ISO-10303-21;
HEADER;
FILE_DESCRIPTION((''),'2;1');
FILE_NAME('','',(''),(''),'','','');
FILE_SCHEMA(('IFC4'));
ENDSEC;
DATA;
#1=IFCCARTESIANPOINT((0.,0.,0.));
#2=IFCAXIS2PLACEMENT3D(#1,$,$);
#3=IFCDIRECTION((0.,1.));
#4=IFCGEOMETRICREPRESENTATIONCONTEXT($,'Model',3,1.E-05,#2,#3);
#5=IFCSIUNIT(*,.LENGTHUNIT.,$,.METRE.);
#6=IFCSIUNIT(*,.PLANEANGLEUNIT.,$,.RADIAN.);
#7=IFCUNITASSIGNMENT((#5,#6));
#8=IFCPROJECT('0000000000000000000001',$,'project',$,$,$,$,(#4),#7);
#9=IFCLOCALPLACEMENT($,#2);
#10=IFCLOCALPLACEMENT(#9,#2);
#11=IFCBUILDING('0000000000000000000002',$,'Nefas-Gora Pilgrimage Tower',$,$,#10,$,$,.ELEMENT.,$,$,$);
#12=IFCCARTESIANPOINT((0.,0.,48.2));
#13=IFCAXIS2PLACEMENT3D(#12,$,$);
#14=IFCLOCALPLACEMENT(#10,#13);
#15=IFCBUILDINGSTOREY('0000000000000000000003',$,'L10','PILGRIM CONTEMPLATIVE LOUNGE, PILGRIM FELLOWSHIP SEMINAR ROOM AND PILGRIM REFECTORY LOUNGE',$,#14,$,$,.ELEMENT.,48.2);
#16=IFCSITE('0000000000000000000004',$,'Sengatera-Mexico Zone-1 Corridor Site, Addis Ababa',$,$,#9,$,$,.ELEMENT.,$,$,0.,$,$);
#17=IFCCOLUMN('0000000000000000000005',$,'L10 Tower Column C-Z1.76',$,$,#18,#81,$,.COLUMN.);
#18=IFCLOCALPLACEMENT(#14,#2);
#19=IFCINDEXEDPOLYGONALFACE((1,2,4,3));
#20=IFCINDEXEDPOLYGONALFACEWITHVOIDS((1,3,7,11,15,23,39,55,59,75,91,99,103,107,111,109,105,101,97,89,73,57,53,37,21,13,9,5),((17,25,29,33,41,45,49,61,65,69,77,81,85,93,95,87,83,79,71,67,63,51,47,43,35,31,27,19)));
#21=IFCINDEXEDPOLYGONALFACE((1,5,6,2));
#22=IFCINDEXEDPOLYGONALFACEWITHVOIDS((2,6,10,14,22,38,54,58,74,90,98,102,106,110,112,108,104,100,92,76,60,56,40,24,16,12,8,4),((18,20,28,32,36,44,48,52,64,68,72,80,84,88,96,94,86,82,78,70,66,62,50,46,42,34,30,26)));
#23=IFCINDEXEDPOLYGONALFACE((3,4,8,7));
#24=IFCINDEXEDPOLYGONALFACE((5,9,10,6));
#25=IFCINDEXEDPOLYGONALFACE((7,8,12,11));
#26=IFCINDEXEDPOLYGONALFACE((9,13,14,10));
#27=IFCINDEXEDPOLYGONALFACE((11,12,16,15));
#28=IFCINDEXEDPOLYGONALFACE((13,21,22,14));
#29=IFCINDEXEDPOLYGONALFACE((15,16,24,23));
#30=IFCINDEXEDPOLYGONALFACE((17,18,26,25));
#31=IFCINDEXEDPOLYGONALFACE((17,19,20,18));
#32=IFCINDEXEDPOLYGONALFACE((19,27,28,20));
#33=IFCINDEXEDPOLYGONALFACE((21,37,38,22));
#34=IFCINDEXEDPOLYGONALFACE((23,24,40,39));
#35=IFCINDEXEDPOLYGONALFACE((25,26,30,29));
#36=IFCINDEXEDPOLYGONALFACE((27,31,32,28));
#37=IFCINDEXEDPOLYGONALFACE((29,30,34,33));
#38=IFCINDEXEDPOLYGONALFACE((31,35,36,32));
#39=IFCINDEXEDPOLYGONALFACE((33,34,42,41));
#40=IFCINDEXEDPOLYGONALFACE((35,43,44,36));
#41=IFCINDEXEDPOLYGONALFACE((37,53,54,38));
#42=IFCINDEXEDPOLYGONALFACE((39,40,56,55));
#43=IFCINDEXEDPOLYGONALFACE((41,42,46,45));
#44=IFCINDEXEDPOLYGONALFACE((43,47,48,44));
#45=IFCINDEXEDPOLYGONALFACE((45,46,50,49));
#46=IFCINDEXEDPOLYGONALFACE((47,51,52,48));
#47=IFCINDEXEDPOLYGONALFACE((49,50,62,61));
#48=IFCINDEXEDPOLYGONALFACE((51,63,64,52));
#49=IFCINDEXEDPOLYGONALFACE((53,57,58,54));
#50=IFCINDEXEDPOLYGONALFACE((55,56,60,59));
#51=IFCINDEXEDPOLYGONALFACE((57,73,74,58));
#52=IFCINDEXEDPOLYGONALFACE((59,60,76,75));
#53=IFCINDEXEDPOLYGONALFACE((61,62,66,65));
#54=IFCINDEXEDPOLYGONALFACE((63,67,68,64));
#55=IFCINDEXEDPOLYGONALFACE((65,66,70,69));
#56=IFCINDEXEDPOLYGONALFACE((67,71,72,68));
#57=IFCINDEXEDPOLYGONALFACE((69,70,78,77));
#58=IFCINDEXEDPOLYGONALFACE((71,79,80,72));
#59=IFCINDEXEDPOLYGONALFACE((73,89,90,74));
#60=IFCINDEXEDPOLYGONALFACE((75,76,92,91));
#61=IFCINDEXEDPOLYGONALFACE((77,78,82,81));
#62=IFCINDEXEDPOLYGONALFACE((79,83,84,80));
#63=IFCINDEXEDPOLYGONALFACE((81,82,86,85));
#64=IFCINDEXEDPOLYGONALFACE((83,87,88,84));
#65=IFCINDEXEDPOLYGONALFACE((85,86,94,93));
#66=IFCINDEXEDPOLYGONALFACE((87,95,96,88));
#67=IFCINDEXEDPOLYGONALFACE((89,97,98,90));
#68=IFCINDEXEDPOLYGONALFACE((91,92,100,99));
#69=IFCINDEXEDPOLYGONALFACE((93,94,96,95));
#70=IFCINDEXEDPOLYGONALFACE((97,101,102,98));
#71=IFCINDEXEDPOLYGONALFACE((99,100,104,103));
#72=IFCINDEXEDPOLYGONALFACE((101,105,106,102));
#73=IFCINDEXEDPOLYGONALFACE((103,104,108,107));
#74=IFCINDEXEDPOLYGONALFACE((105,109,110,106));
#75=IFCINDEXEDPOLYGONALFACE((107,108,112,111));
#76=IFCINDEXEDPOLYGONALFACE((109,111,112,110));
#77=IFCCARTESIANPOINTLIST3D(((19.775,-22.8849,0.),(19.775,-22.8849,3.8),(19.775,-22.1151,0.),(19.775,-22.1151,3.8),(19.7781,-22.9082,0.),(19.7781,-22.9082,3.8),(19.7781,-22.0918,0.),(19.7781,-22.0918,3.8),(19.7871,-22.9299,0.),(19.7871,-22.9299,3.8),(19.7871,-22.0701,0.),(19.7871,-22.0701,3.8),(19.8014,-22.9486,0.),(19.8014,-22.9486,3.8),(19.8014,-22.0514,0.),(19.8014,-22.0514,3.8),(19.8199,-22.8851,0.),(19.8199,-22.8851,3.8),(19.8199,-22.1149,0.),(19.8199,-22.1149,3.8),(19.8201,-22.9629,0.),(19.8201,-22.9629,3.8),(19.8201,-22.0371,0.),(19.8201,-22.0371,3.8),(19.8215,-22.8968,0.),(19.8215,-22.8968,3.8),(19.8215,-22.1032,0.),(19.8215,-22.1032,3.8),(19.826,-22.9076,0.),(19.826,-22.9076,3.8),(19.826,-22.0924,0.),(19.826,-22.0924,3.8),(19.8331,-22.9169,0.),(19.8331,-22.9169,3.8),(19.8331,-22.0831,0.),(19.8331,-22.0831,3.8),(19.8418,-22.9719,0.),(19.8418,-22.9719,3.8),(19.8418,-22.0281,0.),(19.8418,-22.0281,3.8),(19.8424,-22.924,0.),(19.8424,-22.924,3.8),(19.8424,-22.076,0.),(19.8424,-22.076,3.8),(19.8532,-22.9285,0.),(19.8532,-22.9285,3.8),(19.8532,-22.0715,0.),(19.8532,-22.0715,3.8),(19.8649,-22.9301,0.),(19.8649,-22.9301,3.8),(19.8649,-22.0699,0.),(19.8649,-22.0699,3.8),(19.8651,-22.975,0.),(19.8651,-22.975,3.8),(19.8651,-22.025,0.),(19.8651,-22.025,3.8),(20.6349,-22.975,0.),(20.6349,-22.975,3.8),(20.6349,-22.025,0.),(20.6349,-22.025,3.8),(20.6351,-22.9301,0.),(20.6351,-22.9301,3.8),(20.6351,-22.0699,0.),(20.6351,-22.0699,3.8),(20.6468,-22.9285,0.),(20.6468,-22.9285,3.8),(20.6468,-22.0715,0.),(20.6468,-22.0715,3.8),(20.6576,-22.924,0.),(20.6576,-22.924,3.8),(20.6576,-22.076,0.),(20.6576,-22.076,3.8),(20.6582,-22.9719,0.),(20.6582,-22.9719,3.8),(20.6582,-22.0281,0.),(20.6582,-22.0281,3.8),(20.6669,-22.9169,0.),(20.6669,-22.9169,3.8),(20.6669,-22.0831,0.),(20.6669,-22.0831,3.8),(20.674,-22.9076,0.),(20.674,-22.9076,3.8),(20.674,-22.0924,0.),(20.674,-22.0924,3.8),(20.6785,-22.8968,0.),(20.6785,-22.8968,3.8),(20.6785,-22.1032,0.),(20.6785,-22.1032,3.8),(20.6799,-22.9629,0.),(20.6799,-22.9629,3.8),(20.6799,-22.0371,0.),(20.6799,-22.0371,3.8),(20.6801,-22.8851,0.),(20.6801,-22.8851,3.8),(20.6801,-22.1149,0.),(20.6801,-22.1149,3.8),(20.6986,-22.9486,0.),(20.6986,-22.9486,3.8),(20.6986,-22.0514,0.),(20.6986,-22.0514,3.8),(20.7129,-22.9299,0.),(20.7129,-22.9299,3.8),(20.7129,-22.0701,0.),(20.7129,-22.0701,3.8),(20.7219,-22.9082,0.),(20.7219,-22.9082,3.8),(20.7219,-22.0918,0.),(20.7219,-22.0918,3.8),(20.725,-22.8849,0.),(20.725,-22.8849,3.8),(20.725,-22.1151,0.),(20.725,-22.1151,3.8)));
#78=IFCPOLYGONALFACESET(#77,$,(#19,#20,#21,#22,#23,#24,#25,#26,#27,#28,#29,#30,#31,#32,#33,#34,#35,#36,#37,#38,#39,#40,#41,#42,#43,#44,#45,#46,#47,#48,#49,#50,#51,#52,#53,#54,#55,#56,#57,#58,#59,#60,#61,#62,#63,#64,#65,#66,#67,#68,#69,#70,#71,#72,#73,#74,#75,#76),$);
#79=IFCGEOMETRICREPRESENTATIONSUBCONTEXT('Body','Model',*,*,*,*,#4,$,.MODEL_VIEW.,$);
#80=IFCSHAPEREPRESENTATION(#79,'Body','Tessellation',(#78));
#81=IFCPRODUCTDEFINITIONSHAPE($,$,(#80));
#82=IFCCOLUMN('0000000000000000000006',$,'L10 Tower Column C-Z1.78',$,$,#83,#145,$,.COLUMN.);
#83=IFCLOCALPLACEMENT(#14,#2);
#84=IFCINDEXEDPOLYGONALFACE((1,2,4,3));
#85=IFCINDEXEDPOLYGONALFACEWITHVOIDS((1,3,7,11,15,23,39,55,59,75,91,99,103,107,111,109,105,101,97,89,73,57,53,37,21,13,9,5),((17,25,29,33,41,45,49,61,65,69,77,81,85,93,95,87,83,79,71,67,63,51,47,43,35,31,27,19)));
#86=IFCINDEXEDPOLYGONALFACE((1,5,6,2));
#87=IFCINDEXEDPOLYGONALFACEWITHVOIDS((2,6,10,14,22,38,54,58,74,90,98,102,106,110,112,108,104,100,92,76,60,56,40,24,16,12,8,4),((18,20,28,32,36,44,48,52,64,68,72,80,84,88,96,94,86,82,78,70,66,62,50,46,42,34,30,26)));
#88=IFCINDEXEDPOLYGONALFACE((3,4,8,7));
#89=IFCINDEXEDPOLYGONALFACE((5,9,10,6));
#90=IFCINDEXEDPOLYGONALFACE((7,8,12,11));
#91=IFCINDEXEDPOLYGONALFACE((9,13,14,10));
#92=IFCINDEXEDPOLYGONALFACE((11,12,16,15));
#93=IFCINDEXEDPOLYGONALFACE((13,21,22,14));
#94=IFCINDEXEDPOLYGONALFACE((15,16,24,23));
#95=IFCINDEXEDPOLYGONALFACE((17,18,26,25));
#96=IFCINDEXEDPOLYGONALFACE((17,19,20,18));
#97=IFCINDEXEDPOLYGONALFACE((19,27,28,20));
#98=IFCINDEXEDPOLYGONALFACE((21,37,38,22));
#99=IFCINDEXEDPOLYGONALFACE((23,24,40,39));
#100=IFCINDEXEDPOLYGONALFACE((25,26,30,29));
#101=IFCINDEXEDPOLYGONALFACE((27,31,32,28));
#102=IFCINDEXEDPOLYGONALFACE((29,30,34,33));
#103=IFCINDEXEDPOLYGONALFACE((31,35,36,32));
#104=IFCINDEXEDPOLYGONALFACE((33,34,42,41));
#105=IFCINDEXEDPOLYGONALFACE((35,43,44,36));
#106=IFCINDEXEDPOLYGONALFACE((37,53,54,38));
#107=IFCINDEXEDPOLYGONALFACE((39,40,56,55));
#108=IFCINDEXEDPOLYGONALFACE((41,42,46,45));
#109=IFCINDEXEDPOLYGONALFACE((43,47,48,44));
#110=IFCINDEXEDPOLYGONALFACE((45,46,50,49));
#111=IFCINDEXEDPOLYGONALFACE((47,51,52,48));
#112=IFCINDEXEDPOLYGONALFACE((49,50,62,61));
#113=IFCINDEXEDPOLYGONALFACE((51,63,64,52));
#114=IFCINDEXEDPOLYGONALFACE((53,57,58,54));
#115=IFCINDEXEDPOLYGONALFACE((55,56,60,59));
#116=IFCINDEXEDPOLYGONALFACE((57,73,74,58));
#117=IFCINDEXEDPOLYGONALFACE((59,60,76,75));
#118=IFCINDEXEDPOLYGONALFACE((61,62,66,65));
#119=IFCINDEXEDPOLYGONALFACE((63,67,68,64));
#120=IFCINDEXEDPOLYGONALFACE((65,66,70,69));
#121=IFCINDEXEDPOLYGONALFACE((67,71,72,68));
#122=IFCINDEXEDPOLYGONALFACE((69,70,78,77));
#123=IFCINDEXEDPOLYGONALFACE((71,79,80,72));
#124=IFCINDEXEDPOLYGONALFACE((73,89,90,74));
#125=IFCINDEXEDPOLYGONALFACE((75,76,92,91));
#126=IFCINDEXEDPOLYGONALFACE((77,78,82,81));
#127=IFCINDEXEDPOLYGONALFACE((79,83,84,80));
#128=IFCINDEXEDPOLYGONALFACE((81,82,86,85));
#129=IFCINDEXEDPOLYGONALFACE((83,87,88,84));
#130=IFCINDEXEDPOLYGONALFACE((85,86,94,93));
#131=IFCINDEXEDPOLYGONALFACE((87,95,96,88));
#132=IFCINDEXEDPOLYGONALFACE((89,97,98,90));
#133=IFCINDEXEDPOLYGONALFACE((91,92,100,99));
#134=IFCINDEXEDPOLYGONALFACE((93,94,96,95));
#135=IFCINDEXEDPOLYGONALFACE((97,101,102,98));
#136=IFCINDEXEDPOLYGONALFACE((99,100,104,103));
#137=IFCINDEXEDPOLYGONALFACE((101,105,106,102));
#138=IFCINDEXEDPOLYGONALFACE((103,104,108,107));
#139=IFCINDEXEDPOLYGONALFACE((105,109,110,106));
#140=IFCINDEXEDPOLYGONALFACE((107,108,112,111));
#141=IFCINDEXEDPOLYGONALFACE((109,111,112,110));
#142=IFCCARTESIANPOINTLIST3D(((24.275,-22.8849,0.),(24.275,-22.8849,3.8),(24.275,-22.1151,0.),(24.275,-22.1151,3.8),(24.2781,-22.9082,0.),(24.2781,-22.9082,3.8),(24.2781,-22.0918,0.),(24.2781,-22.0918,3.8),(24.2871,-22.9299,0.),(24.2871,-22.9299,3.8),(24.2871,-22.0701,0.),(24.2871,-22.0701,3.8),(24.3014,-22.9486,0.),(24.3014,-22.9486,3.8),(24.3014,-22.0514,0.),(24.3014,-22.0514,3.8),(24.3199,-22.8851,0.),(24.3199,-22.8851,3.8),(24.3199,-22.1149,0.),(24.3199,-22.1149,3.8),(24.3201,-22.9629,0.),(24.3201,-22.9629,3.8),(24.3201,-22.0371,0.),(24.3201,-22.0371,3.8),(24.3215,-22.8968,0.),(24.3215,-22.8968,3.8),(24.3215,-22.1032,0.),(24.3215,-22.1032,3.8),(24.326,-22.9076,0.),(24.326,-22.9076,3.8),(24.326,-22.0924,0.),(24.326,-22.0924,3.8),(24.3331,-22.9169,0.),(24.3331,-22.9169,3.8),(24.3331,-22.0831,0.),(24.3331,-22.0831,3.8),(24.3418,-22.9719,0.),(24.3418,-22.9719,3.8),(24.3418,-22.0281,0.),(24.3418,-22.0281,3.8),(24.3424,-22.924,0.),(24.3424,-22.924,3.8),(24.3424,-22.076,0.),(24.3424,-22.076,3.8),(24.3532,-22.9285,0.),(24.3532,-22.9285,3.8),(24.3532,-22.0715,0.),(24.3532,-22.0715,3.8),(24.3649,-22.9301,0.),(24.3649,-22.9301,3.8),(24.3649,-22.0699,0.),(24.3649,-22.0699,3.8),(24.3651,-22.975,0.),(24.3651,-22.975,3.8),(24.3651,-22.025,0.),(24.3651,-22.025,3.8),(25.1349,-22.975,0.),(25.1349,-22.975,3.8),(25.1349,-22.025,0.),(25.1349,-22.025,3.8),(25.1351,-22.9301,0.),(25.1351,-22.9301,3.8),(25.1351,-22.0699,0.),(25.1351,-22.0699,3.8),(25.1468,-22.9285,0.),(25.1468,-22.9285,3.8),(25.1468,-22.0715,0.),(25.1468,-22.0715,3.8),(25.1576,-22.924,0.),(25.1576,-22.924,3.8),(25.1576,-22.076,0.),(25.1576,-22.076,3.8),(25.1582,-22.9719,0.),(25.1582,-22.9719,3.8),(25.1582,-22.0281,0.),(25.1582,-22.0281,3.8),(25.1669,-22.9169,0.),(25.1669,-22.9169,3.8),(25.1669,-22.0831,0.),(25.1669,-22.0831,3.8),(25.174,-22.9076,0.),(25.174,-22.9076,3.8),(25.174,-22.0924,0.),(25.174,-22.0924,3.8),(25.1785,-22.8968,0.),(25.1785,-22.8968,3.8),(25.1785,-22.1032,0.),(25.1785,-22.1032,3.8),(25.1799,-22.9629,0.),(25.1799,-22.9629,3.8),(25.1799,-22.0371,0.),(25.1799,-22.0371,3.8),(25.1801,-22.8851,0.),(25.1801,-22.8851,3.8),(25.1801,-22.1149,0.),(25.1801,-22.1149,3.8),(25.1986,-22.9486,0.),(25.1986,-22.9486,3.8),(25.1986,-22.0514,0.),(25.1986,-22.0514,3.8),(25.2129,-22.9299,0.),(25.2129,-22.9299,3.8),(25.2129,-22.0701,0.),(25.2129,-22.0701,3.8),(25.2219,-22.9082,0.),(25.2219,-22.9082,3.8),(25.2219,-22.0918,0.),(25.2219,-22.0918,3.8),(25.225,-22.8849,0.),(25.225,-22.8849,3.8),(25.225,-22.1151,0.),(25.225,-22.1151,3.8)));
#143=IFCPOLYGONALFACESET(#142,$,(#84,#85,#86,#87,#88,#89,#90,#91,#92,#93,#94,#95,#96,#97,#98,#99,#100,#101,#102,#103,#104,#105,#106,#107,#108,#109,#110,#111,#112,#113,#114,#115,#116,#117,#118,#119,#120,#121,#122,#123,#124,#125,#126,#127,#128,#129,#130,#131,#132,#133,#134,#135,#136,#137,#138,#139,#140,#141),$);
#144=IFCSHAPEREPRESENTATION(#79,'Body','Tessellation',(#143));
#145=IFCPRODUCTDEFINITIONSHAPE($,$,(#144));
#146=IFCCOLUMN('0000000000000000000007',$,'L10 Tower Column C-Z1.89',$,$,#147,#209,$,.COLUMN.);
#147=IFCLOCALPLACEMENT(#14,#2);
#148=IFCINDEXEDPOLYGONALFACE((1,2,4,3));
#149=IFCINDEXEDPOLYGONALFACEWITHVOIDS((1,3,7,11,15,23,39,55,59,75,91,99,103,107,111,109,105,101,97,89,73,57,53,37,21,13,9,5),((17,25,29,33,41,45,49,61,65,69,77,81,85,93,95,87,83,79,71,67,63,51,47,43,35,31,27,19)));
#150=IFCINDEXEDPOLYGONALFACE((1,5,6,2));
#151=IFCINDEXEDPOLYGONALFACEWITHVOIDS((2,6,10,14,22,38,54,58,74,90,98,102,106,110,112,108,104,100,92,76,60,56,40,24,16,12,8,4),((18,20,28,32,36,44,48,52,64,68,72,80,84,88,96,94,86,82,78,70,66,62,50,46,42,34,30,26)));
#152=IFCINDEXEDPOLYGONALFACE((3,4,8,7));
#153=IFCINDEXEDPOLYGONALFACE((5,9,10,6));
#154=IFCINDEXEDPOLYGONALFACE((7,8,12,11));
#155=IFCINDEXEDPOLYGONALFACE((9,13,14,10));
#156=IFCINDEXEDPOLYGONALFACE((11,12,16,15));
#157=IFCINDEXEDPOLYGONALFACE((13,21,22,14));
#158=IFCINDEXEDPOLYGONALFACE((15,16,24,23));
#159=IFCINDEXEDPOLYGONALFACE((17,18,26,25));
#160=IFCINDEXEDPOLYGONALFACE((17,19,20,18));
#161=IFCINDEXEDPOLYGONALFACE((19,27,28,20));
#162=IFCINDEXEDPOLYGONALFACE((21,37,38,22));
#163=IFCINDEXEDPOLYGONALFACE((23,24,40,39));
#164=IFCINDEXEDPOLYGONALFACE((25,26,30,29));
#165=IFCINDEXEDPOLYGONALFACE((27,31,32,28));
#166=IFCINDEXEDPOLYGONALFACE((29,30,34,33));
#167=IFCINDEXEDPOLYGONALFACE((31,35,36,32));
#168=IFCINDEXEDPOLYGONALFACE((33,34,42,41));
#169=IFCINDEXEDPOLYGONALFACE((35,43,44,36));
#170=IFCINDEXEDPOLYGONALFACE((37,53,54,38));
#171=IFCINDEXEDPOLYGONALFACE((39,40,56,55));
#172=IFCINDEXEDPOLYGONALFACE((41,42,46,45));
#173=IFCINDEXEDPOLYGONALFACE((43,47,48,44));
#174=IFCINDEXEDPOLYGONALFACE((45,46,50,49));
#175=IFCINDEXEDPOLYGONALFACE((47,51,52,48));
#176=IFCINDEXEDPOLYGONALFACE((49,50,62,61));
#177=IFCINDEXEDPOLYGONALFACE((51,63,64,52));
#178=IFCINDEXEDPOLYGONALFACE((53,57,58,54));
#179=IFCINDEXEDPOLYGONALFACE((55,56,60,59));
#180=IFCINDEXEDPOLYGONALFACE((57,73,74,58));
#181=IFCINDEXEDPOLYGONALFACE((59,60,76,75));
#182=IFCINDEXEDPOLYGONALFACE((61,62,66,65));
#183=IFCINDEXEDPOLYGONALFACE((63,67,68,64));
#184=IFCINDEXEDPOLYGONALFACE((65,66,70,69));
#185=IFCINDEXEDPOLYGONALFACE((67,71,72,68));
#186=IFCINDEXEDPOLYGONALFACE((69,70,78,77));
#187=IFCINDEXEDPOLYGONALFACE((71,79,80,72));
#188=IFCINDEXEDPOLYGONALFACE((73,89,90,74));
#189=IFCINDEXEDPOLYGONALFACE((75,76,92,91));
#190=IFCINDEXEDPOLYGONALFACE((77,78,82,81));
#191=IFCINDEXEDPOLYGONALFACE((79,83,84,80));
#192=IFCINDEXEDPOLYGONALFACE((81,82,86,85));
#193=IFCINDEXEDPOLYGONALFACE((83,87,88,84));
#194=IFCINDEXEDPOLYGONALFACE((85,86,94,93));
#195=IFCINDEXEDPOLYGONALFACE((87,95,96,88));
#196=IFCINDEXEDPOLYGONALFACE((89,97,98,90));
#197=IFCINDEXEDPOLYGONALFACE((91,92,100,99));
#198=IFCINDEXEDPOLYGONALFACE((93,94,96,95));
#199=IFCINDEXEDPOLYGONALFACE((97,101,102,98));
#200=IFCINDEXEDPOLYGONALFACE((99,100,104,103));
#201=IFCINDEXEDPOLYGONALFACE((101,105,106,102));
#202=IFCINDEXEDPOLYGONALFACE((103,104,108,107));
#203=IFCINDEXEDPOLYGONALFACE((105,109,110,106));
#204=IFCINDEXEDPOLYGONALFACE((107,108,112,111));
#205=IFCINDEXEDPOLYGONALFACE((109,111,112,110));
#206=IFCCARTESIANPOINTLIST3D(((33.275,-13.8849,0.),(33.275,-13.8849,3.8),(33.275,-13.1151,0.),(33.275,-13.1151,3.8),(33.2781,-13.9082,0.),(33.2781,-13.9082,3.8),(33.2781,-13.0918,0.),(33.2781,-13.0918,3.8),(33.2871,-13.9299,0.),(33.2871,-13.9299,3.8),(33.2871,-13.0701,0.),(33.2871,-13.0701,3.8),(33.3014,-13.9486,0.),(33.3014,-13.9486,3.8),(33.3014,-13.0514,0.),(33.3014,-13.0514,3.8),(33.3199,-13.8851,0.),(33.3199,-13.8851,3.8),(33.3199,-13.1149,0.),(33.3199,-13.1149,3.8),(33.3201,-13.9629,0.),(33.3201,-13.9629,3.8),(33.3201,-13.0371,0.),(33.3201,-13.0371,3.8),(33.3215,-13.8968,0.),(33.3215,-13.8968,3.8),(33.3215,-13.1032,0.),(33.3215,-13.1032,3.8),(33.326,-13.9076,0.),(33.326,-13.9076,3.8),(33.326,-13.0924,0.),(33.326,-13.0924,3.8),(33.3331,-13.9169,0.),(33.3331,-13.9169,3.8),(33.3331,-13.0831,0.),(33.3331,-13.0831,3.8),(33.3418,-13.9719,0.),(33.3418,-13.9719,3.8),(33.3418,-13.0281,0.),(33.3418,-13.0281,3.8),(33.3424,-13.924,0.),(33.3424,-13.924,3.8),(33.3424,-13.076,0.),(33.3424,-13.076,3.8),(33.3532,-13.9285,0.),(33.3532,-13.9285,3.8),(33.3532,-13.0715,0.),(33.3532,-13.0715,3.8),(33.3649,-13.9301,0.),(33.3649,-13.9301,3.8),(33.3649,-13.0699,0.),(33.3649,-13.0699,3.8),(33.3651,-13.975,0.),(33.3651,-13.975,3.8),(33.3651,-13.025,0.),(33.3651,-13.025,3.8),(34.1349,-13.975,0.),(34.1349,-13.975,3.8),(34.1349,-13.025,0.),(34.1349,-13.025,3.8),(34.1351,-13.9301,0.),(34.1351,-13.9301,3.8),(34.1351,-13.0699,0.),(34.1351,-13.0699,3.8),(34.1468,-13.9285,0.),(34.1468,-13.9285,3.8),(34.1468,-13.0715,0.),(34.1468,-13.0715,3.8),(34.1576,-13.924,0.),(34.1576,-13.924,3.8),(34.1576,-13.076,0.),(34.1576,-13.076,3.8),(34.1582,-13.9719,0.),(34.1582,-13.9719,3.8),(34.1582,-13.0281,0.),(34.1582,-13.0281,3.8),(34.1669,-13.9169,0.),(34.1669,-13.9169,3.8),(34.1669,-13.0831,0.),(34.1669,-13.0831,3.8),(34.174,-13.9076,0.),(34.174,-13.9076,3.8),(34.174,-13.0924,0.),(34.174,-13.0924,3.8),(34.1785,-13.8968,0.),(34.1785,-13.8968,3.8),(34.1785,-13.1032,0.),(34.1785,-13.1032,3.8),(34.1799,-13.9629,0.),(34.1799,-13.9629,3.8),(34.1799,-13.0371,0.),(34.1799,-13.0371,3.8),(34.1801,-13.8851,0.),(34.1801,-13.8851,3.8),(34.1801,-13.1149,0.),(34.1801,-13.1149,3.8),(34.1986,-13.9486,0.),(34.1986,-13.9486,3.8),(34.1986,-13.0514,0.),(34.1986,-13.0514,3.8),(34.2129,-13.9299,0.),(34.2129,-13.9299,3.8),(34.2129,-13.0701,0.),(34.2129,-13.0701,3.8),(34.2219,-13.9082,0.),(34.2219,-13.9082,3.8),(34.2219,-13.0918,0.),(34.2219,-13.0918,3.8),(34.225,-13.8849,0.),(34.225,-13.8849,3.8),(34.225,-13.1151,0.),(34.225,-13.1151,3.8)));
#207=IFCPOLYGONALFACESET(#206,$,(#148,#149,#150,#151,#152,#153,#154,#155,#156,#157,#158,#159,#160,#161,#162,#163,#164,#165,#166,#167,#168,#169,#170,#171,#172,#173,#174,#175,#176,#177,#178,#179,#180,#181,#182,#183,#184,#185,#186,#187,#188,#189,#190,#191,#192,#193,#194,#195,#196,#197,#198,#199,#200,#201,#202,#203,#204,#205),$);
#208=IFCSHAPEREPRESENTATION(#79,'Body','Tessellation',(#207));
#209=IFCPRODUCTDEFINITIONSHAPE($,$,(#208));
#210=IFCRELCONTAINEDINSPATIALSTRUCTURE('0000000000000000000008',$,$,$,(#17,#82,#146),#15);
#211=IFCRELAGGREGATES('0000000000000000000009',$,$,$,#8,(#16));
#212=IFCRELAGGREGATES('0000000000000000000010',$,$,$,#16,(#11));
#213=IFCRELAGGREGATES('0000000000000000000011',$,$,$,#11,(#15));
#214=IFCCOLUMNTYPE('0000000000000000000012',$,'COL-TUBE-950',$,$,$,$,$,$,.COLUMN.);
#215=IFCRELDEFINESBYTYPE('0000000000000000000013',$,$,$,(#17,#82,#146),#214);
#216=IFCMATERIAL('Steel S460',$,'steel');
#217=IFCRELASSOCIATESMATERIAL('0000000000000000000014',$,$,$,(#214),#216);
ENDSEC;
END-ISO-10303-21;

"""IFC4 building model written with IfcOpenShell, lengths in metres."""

from ifc_helpers import new_model, si_unit, direction, frame, origin, origin_2d, place, context, subcontext, project, spatial, hollow_rectangle, extrude, source, transform, mapped, material, material_profile, profile_set, type_object, element, save


model = new_model("IFC4")

# Units and contexts
model_context = context("Model", 3, precision=1e-05, world=origin(), true_north=direction((0.0, 1.0)))
body_context = subcontext(model_context, "Body", "Model", "MODEL_VIEW")
ifc_project = project(units=[si_unit("LENGTHUNIT", "METRE"), si_unit("PLANEANGLEUNIT", "RADIAN")], contexts=[model_context])

# Site, building, storey
site_placement = place(None, origin())
site = spatial("IfcSite", under=ifc_project, at=site_placement, Name="Sengatera-Mexico Zone-1 Corridor Site, Addis Ababa", CompositionType="ELEMENT", RefElevation=0.0)
building_placement = place(site_placement, origin())
building = spatial("IfcBuilding", under=site, at=building_placement, Name="Nefas-Gora Pilgrimage Tower", CompositionType="ELEMENT")
storey_placement = place(building_placement, frame((0.0, 0.0, 48.2)))
storey = spatial("IfcBuildingStorey", under=building, at=storey_placement, Name="L10", Description="PILGRIM CONTEMPLATIVE LOUNGE, PILGRIM FELLOWSHIP SEMINAR ROOM AND PILGRIM REFECTORY LOUNGE", CompositionType="ELEMENT", Elevation=48.2)

# Columns
ifc_material_1 = material(Name="Steel S460", Category="steel")
ifc_material_profile_1 = material_profile(ifc_material_1, hollow_rectangle(XDim=0.95, YDim=0.95, WallThickness=0.0449, InnerFilletRadius=0.0449, OuterFilletRadius=0.0901, at=origin_2d()), Name="BOX 950x950x45")
ifc_profile_set_1 = profile_set([ifc_material_profile_1], Name="Steel S460")
column_type_1 = type_object("IfcColumnType", Name="COL-TUBE-950", PredefinedType="COLUMN", material=ifc_profile_set_1)
shared_shape_1 = source(origin(), body_context, "Body", "SweptSolid", [
    extrude(hollow_rectangle(XDim=0.95, YDim=0.95, WallThickness=0.0449, InnerFilletRadius=0.0449, OuterFilletRadius=0.0901, at=origin_2d()), origin(), (0.0, 0.0, 1.0), 3.8),
])
for number, where, z_axis, x_axis, name in (
    (1, (20.25, -22.5, 0.0), (0.0, 0.0, 1.0), (1.0, 0.0, 0.0), "L10 Tower Column C-Z1.76"),
    (2, (24.75, -22.5, 0.0), (0.0, 0.0, 1.0), (1.0, 0.0, 0.0), "L10 Tower Column C-Z1.78"),
    (3, (33.75, -13.5, 0.0), (0.0, 0.0, 1.0), (1.0, 0.0, 0.0), "L10 Tower Column C-Z1.89"),
):
    element("IfcColumn", number, at=place(storey_placement, frame(where, z_axis=z_axis, x_axis=x_axis)), inside=storey, type_object=column_type_1, Name=name, PredefinedType="COLUMN", context=body_context, shape_type="MappedRepresentation", body=[
        mapped(shared_shape_1, transform((0.0, 0.0, 0.0), x_axis=(1.0, 0.0, 0.0), y_axis=(0.0, 1.0, 0.0), z_axis=(0.0, 0.0, 1.0), scale=1.0)),
    ])

save(model, "model.ifc")
